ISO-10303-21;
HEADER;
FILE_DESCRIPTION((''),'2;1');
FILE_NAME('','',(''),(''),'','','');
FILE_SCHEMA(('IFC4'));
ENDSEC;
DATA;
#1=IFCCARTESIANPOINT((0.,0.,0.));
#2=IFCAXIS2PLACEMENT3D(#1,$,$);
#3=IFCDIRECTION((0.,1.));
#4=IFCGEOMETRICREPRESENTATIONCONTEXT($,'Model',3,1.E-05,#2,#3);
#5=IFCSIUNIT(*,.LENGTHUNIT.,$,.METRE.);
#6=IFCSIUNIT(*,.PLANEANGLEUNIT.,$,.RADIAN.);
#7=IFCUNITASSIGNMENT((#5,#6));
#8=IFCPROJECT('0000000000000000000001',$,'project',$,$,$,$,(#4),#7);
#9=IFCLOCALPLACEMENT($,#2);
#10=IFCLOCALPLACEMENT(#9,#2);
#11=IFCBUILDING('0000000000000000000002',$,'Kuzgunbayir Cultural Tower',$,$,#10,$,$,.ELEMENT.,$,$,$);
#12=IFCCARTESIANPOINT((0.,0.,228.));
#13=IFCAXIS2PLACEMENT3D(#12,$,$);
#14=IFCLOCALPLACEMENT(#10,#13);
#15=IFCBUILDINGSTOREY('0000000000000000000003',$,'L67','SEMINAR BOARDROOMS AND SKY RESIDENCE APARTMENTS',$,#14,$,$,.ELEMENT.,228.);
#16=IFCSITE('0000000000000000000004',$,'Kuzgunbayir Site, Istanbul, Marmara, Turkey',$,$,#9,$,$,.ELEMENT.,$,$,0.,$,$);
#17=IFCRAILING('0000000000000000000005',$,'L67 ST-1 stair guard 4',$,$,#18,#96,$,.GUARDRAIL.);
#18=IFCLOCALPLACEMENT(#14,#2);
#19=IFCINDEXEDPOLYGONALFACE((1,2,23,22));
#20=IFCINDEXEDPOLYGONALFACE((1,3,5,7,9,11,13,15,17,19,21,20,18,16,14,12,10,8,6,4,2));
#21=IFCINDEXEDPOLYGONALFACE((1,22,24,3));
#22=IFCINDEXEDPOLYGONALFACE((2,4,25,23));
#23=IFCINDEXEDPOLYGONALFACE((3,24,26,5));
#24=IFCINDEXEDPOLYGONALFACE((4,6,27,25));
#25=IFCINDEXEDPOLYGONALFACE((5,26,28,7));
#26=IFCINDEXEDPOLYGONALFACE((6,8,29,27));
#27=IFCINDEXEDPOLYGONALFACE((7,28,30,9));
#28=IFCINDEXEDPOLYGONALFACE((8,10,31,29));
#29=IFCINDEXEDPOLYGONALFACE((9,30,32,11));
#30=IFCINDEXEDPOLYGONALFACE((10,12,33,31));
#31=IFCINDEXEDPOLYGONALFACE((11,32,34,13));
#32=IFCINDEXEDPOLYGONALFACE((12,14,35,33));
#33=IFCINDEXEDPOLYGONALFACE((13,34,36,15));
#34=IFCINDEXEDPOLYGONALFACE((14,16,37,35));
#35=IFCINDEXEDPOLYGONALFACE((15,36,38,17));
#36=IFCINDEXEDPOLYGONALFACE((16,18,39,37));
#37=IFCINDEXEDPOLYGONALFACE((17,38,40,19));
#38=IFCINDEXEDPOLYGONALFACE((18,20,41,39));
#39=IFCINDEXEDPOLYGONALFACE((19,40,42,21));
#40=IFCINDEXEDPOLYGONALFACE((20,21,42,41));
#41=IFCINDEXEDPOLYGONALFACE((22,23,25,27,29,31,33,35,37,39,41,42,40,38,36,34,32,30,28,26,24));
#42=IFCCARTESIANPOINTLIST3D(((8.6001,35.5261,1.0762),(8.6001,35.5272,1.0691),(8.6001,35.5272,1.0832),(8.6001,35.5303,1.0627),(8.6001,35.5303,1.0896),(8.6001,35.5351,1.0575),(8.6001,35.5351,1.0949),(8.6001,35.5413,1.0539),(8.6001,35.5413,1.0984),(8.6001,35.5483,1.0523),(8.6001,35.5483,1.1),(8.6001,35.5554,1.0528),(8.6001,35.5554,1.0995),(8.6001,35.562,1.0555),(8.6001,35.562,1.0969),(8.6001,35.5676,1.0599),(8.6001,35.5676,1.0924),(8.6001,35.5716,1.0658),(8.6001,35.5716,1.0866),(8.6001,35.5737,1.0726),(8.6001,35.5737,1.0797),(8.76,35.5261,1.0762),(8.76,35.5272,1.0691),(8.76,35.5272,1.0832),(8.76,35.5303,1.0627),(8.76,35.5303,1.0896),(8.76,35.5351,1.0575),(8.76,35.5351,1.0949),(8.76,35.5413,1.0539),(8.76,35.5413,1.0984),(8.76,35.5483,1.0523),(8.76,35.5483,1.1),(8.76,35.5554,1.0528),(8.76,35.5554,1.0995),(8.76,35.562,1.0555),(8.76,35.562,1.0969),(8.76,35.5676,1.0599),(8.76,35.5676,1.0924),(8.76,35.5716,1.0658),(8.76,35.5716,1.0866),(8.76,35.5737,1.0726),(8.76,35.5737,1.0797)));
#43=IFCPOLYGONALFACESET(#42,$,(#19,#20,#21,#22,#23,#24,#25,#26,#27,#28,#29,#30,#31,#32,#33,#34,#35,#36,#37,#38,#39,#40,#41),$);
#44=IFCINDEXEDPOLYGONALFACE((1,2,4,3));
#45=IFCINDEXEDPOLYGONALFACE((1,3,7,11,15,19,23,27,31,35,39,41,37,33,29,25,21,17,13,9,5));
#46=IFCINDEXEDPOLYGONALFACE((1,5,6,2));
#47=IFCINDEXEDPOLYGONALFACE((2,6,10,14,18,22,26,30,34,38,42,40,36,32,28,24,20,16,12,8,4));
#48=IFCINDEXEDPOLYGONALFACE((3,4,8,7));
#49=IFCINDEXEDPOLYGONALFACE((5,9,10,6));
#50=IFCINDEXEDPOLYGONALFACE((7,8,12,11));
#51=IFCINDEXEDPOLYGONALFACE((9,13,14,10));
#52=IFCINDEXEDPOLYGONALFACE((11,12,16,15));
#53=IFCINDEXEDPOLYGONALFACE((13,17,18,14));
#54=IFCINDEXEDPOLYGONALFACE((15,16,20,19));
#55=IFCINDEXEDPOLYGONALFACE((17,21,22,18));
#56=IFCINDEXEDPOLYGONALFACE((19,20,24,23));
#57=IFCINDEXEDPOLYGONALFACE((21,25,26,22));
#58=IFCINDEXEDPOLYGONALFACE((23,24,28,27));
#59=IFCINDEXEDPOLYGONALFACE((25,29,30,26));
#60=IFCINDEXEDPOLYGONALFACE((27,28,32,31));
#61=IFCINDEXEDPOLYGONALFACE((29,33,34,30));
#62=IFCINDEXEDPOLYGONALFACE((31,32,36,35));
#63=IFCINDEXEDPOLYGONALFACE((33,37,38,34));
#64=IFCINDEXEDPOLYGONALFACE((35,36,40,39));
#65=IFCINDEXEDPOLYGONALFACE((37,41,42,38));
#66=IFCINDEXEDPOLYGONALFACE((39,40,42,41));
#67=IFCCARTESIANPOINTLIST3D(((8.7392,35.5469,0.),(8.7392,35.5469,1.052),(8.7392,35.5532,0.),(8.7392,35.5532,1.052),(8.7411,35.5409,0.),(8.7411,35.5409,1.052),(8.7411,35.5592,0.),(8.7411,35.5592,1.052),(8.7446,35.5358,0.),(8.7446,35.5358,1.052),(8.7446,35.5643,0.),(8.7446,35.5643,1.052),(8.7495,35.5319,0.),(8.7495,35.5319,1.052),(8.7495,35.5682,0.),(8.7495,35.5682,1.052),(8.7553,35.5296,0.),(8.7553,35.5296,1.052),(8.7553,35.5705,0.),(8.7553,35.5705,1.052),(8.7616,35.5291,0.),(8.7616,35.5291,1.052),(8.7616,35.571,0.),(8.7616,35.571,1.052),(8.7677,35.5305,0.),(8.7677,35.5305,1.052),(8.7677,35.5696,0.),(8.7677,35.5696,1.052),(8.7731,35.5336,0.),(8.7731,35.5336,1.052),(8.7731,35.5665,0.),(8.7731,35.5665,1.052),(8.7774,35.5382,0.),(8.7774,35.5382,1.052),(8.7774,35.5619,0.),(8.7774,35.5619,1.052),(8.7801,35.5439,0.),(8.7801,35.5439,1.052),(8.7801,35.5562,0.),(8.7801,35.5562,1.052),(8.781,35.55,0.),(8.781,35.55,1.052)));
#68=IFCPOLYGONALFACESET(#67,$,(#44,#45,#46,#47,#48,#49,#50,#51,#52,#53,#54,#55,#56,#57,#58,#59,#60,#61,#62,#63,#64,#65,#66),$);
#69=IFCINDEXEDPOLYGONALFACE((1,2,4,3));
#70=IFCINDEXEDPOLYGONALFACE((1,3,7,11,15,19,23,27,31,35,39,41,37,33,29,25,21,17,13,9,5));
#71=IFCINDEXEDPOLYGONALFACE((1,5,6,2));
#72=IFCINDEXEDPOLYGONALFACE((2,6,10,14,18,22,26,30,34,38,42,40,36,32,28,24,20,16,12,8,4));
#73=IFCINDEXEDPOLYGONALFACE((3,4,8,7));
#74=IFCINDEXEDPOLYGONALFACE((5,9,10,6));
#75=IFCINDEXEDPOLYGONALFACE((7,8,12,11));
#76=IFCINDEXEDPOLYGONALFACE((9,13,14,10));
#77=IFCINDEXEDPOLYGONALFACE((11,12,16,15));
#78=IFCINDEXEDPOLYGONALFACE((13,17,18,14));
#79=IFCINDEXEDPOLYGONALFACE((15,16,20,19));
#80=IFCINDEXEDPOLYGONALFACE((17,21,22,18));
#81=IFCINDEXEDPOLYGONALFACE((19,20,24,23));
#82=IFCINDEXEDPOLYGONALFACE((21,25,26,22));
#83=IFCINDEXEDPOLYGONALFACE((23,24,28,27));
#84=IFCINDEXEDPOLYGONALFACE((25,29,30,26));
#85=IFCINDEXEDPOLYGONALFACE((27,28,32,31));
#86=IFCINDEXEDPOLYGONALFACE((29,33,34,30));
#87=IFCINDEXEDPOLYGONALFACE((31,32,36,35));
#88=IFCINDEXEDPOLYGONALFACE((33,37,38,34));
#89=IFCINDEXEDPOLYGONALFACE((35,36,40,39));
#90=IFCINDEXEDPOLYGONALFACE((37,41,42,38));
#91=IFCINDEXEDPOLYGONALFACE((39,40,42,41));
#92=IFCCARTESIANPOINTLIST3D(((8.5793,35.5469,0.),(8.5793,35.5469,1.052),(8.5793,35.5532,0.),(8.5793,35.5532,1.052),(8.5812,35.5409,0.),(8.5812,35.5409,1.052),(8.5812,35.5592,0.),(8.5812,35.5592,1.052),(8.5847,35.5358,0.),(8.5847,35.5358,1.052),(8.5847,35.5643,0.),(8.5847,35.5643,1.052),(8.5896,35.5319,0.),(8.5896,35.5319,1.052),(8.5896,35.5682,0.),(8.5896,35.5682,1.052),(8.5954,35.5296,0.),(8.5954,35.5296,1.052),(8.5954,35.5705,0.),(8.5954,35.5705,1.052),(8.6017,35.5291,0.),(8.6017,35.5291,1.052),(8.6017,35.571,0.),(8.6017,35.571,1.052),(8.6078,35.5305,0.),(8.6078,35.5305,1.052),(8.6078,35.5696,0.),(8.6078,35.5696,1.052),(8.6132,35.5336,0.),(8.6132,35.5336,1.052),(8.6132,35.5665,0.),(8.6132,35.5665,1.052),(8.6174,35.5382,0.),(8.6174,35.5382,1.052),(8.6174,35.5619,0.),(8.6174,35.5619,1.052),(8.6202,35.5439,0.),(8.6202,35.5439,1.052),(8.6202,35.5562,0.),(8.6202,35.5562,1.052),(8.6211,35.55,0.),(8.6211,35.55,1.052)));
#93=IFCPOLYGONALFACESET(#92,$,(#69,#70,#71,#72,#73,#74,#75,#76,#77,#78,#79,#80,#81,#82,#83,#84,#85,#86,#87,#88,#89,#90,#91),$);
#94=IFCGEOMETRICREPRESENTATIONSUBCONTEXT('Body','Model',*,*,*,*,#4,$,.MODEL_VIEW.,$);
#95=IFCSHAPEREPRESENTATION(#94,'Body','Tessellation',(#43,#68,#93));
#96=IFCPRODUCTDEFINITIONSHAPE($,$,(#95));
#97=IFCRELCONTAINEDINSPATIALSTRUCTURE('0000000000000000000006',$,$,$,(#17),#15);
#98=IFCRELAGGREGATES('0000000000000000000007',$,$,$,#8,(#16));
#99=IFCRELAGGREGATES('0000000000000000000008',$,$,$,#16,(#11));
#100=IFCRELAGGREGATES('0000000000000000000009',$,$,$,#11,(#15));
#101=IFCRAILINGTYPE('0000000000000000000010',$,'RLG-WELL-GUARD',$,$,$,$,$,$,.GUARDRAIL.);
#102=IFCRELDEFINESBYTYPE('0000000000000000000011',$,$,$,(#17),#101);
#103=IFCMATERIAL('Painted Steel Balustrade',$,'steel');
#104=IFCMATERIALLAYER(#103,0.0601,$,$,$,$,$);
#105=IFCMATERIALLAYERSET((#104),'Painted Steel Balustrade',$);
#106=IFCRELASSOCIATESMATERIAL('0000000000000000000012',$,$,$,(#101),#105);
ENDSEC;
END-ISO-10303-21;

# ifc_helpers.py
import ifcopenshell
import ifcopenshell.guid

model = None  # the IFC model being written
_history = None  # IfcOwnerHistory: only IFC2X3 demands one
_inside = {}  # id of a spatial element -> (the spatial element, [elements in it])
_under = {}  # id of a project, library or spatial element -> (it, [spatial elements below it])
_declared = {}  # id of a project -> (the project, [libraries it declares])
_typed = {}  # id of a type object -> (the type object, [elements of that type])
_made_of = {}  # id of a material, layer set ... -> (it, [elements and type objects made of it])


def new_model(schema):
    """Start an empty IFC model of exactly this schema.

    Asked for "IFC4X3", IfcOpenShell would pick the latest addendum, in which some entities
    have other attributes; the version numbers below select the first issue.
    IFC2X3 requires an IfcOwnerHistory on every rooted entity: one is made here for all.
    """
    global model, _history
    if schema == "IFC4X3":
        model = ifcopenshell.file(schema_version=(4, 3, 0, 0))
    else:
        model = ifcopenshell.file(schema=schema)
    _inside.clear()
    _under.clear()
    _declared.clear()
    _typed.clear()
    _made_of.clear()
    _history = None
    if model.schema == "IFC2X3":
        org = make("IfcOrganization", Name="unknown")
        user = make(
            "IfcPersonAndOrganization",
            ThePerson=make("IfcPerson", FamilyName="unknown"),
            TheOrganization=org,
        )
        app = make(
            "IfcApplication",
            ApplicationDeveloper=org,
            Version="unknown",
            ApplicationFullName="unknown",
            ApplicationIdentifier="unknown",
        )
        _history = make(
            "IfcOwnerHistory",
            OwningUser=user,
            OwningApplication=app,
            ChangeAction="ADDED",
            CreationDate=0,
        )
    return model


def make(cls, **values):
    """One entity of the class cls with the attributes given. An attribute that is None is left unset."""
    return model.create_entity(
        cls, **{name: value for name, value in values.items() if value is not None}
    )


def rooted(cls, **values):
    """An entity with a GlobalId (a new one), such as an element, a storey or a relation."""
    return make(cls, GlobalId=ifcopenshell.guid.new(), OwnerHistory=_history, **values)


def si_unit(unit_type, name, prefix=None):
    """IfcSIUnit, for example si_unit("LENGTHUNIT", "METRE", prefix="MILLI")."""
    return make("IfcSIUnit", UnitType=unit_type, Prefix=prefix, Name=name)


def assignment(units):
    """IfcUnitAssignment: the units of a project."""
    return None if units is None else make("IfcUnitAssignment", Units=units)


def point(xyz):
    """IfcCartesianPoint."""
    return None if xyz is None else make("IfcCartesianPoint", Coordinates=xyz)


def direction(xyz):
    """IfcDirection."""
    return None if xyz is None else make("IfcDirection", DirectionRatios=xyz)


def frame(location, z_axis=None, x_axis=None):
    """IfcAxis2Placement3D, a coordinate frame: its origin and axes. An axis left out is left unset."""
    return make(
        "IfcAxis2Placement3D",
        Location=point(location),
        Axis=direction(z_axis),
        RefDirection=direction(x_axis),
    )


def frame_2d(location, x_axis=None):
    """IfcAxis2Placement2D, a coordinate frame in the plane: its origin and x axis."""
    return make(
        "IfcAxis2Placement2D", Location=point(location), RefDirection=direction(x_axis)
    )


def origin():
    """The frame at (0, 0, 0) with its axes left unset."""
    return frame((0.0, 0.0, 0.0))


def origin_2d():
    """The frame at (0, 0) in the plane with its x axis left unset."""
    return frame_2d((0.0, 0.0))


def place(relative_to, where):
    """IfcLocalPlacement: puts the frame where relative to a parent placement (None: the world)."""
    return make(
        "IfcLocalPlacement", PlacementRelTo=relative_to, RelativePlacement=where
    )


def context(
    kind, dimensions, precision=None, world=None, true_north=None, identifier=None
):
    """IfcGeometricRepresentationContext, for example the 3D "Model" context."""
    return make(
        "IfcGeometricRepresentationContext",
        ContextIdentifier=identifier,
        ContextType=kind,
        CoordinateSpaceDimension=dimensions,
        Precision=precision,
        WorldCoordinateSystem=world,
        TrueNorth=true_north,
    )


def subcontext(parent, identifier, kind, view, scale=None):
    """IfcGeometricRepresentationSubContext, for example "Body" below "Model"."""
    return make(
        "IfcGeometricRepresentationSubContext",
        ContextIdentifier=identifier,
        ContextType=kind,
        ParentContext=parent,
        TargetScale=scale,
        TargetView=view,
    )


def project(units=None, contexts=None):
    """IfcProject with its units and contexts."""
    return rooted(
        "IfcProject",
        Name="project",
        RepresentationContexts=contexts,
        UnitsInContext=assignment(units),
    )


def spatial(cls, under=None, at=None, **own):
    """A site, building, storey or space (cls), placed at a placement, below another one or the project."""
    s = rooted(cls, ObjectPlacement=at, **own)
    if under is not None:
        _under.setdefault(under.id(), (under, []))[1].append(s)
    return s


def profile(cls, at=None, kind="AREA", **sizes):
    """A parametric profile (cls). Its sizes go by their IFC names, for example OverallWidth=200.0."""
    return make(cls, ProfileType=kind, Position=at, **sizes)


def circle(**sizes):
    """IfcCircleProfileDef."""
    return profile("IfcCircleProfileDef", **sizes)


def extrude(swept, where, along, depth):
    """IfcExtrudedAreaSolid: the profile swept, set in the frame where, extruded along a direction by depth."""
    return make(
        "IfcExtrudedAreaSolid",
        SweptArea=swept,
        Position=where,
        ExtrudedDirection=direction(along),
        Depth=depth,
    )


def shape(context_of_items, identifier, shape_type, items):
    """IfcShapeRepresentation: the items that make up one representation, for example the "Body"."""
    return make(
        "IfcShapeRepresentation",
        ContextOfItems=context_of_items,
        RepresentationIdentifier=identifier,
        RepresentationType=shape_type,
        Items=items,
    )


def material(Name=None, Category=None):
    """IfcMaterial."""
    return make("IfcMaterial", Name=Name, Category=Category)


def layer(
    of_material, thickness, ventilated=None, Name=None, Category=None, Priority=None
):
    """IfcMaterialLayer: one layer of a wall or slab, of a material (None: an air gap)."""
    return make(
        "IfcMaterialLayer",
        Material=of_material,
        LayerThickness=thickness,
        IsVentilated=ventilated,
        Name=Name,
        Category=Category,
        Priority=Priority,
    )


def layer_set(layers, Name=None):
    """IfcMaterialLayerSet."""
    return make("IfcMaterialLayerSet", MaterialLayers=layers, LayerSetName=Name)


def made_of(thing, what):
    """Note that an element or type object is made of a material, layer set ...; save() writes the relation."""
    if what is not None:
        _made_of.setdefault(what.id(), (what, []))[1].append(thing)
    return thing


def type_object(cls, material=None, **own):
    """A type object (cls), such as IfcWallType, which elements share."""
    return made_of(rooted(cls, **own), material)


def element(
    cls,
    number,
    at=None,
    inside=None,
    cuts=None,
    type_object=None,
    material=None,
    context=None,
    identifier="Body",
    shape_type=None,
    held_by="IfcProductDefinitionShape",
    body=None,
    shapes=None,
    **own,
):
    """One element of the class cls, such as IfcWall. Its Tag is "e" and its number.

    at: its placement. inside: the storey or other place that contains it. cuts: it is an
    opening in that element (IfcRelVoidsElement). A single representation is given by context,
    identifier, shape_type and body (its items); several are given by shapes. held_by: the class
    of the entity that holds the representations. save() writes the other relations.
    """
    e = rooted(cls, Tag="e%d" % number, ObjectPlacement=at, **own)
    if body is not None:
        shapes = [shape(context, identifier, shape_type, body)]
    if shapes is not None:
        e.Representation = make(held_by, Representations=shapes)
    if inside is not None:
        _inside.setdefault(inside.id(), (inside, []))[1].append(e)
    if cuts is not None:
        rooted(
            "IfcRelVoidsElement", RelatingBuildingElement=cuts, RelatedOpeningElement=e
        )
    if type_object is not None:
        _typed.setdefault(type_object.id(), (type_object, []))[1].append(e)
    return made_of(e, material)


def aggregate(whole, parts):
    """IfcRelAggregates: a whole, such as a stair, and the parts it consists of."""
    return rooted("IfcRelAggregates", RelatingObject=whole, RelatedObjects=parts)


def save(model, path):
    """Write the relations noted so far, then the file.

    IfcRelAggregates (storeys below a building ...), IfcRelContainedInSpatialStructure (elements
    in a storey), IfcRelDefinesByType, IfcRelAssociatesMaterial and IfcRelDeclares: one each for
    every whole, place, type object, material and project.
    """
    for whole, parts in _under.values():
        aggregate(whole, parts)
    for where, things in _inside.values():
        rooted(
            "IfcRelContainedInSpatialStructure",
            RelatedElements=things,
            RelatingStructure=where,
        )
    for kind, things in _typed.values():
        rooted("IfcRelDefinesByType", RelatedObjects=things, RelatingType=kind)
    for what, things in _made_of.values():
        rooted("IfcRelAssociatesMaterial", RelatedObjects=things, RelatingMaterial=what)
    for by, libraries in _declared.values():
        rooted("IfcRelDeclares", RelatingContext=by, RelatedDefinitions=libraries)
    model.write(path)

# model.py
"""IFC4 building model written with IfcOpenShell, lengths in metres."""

from ifc_helpers import new_model, si_unit, direction, frame, origin, origin_2d, place, context, subcontext, project, spatial, circle, extrude, material, layer, layer_set, type_object, element, save


model = new_model("IFC4")

# Units and contexts
model_context = context("Model", 3, precision=1e-05, world=origin(), true_north=direction((0.0, 1.0)))
body_context = subcontext(model_context, "Body", "Model", "MODEL_VIEW")
ifc_project = project(units=[si_unit("LENGTHUNIT", "METRE"), si_unit("PLANEANGLEUNIT", "RADIAN")], contexts=[model_context])

# Site, building, storey
site_placement = place(None, origin())
site = spatial("IfcSite", under=ifc_project, at=site_placement, Name="Kuzgunbayir Site, Istanbul, Marmara, Turkey", CompositionType="ELEMENT", RefElevation=0.0)
building_placement = place(site_placement, origin())
building = spatial("IfcBuilding", under=site, at=building_placement, Name="Kuzgunbayir Cultural Tower", CompositionType="ELEMENT")
storey_placement = place(building_placement, frame((0.0, 0.0, 228.0)))
storey = spatial("IfcBuildingStorey", under=building, at=storey_placement, Name="L67", Description="SEMINAR BOARDROOMS AND SKY RESIDENCE APARTMENTS", CompositionType="ELEMENT", Elevation=228.0)

# Railing
ifc_material_1 = material(Name="Painted Steel Balustrade", Category="steel")
ifc_layer_1 = layer(ifc_material_1, 0.0601)
ifc_layer_set_1 = layer_set([ifc_layer_1], Name="Painted Steel Balustrade")
railing_type = type_object("IfcRailingType", Name="RLG-WELL-GUARD", PredefinedType="GUARDRAIL", material=ifc_layer_set_1)
railing_1_placement = place(storey_placement, frame((8.76, 35.55, 0.0)))
element("IfcRailing", 1, at=railing_1_placement, inside=storey, type_object=railing_type, Name="L67 ST-1 stair guard 4", PredefinedType="GUARDRAIL", context=body_context, shape_type="SweptSolid", body=[
    extrude(circle(Radius=0.0239, at=origin_2d()), frame((0.0, 0.0, 1.0762), z_axis=(-1.0, 0.0, 0.0), x_axis=(0.0, -1.0, 0.0)), (0.0, 0.0, 1.0), 0.1599),
    extrude(circle(Radius=0.021, at=origin_2d()), origin(), (0.0, 0.0, 1.0), 1.052),
    extrude(circle(Radius=0.021, at=origin_2d()), frame((-0.1599, 0.0, 0.0)), (0.0, 0.0, 1.0), 1.052),
])

save(model, "model.ifc")
